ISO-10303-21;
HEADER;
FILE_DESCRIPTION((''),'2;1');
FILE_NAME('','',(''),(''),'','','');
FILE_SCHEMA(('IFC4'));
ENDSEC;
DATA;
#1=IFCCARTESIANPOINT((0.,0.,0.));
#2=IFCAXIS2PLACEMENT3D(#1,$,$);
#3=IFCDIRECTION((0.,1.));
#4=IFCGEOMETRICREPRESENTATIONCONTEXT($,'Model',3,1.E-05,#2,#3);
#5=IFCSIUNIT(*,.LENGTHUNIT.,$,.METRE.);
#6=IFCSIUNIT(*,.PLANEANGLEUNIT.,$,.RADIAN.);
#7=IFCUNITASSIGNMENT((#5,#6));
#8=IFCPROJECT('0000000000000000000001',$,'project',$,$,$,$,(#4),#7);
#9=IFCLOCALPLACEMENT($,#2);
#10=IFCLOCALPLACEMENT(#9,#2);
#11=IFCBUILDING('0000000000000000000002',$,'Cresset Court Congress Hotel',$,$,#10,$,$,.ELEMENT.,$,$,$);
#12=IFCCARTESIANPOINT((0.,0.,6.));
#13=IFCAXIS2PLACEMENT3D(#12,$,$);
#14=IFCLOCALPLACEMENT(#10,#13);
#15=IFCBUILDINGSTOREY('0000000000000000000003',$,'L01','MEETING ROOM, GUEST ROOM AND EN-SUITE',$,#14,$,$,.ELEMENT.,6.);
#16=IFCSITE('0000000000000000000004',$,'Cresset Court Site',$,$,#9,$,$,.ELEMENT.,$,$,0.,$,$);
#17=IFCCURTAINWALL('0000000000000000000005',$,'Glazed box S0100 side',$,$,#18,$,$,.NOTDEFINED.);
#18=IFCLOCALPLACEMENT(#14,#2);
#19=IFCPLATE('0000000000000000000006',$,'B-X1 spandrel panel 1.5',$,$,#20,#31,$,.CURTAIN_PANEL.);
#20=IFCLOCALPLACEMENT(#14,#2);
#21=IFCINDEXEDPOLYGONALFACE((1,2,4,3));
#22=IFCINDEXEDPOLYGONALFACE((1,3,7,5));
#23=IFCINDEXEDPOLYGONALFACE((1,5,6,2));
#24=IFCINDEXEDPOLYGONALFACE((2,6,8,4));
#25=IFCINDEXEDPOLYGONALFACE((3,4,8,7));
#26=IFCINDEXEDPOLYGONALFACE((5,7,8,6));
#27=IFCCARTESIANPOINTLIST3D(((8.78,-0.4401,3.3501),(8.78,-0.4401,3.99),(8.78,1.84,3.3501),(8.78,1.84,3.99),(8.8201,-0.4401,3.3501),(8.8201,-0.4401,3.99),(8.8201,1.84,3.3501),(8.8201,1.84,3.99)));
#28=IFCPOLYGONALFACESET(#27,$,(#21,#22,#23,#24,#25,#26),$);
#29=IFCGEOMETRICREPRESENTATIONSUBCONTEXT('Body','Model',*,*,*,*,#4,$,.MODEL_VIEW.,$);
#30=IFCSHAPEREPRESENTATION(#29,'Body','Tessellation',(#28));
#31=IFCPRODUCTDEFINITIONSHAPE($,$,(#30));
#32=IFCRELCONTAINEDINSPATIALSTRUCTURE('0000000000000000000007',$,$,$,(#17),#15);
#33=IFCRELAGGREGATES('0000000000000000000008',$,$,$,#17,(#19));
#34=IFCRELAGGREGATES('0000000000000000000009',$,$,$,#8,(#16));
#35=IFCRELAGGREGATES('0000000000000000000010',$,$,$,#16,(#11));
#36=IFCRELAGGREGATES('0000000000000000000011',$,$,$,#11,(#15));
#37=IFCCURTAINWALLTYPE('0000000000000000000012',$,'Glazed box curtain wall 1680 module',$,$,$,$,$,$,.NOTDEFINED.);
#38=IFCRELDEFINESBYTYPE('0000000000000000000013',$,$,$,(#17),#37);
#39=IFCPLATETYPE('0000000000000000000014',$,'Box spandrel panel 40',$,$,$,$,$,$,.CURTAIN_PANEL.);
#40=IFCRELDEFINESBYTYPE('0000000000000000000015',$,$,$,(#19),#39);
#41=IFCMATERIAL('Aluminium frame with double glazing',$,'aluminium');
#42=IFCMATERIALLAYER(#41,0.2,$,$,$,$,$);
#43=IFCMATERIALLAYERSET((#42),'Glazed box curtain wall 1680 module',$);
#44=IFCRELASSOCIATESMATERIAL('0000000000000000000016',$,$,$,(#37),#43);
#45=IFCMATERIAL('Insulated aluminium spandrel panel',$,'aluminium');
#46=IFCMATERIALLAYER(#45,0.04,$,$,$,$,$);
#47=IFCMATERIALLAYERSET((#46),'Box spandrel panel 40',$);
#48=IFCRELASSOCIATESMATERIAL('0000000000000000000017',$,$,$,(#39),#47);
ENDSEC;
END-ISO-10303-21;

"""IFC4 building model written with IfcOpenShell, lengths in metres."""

from ifc_helpers import new_model, si_unit, direction, frame, origin, origin_2d, place, context, subcontext, project, spatial, rectangle, extrude, material, layer, layer_set, type_object, element, aggregate, save


model = new_model("IFC4")

# Units and contexts
model_context = context("Model", 3, precision=1e-05, world=origin(), true_north=direction((0.0, 1.0)))
body_context = subcontext(model_context, "Body", "Model", "MODEL_VIEW")
ifc_project = project(units=[si_unit("LENGTHUNIT", "METRE"), si_unit("PLANEANGLEUNIT", "RADIAN")], contexts=[model_context])

# Site, building, storey
site_placement = place(None, origin())
site = spatial("IfcSite", under=ifc_project, at=site_placement, Name="Cresset Court Site", CompositionType="ELEMENT", RefElevation=0.0)
building_placement = place(site_placement, origin())
building = spatial("IfcBuilding", under=site, at=building_placement, Name="Cresset Court Congress Hotel", CompositionType="ELEMENT")
storey_placement = place(building_placement, frame((0.0, 0.0, 6.0)))
storey = spatial("IfcBuildingStorey", under=building, at=storey_placement, Name="L01", Description="MEETING ROOM, GUEST ROOM AND EN-SUITE", CompositionType="ELEMENT", Elevation=6.0)

# Shared definitions
ifc_material_1 = material(Name="Aluminium frame with double glazing", Category="aluminium")
ifc_layer_1 = layer(ifc_material_1, 0.2)
ifc_layer_set_1 = layer_set([ifc_layer_1], Name="Glazed box curtain wall 1680 module")
curtain_wall_type = type_object("IfcCurtainWallType", Name="Glazed box curtain wall 1680 module", PredefinedType="NOTDEFINED", material=ifc_layer_set_1)

# Curtain wall
curtain_wall_1_placement = place(storey_placement, origin())
curtain_wall_1 = element("IfcCurtainWall", 1, at=curtain_wall_1_placement, inside=storey, type_object=curtain_wall_type, Name="Glazed box S0100 side", PredefinedType="NOTDEFINED")

# Plate
ifc_material_2 = material(Name="Insulated aluminium spandrel panel", Category="aluminium")
ifc_layer_2 = layer(ifc_material_2, 0.04)
ifc_layer_set_2 = layer_set([ifc_layer_2], Name="Box spandrel panel 40")
plate_type_1 = type_object("IfcPlateType", Name="Box spandrel panel 40", PredefinedType="CURTAIN_PANEL", material=ifc_layer_set_2)
plate_1_placement = place(storey_placement, frame((8.8, 0.7, 3.3501), z_axis=(0.0, 0.0, 1.0), x_axis=(0.0, 1.0, 0.0)))
plate_1 = element("IfcPlate", 2, at=plate_1_placement, type_object=plate_type_1, Name="B-X1 spandrel panel 1.5", PredefinedType="CURTAIN_PANEL", context=body_context, shape_type="SweptSolid", body=[
    extrude(rectangle(XDim=2.28, YDim=0.04, at=origin_2d()), origin(), (0.0, 0.0, 1.0), 0.6399),
])
aggregate(curtain_wall_1, [plate_1])

save(model, "model.ifc")
